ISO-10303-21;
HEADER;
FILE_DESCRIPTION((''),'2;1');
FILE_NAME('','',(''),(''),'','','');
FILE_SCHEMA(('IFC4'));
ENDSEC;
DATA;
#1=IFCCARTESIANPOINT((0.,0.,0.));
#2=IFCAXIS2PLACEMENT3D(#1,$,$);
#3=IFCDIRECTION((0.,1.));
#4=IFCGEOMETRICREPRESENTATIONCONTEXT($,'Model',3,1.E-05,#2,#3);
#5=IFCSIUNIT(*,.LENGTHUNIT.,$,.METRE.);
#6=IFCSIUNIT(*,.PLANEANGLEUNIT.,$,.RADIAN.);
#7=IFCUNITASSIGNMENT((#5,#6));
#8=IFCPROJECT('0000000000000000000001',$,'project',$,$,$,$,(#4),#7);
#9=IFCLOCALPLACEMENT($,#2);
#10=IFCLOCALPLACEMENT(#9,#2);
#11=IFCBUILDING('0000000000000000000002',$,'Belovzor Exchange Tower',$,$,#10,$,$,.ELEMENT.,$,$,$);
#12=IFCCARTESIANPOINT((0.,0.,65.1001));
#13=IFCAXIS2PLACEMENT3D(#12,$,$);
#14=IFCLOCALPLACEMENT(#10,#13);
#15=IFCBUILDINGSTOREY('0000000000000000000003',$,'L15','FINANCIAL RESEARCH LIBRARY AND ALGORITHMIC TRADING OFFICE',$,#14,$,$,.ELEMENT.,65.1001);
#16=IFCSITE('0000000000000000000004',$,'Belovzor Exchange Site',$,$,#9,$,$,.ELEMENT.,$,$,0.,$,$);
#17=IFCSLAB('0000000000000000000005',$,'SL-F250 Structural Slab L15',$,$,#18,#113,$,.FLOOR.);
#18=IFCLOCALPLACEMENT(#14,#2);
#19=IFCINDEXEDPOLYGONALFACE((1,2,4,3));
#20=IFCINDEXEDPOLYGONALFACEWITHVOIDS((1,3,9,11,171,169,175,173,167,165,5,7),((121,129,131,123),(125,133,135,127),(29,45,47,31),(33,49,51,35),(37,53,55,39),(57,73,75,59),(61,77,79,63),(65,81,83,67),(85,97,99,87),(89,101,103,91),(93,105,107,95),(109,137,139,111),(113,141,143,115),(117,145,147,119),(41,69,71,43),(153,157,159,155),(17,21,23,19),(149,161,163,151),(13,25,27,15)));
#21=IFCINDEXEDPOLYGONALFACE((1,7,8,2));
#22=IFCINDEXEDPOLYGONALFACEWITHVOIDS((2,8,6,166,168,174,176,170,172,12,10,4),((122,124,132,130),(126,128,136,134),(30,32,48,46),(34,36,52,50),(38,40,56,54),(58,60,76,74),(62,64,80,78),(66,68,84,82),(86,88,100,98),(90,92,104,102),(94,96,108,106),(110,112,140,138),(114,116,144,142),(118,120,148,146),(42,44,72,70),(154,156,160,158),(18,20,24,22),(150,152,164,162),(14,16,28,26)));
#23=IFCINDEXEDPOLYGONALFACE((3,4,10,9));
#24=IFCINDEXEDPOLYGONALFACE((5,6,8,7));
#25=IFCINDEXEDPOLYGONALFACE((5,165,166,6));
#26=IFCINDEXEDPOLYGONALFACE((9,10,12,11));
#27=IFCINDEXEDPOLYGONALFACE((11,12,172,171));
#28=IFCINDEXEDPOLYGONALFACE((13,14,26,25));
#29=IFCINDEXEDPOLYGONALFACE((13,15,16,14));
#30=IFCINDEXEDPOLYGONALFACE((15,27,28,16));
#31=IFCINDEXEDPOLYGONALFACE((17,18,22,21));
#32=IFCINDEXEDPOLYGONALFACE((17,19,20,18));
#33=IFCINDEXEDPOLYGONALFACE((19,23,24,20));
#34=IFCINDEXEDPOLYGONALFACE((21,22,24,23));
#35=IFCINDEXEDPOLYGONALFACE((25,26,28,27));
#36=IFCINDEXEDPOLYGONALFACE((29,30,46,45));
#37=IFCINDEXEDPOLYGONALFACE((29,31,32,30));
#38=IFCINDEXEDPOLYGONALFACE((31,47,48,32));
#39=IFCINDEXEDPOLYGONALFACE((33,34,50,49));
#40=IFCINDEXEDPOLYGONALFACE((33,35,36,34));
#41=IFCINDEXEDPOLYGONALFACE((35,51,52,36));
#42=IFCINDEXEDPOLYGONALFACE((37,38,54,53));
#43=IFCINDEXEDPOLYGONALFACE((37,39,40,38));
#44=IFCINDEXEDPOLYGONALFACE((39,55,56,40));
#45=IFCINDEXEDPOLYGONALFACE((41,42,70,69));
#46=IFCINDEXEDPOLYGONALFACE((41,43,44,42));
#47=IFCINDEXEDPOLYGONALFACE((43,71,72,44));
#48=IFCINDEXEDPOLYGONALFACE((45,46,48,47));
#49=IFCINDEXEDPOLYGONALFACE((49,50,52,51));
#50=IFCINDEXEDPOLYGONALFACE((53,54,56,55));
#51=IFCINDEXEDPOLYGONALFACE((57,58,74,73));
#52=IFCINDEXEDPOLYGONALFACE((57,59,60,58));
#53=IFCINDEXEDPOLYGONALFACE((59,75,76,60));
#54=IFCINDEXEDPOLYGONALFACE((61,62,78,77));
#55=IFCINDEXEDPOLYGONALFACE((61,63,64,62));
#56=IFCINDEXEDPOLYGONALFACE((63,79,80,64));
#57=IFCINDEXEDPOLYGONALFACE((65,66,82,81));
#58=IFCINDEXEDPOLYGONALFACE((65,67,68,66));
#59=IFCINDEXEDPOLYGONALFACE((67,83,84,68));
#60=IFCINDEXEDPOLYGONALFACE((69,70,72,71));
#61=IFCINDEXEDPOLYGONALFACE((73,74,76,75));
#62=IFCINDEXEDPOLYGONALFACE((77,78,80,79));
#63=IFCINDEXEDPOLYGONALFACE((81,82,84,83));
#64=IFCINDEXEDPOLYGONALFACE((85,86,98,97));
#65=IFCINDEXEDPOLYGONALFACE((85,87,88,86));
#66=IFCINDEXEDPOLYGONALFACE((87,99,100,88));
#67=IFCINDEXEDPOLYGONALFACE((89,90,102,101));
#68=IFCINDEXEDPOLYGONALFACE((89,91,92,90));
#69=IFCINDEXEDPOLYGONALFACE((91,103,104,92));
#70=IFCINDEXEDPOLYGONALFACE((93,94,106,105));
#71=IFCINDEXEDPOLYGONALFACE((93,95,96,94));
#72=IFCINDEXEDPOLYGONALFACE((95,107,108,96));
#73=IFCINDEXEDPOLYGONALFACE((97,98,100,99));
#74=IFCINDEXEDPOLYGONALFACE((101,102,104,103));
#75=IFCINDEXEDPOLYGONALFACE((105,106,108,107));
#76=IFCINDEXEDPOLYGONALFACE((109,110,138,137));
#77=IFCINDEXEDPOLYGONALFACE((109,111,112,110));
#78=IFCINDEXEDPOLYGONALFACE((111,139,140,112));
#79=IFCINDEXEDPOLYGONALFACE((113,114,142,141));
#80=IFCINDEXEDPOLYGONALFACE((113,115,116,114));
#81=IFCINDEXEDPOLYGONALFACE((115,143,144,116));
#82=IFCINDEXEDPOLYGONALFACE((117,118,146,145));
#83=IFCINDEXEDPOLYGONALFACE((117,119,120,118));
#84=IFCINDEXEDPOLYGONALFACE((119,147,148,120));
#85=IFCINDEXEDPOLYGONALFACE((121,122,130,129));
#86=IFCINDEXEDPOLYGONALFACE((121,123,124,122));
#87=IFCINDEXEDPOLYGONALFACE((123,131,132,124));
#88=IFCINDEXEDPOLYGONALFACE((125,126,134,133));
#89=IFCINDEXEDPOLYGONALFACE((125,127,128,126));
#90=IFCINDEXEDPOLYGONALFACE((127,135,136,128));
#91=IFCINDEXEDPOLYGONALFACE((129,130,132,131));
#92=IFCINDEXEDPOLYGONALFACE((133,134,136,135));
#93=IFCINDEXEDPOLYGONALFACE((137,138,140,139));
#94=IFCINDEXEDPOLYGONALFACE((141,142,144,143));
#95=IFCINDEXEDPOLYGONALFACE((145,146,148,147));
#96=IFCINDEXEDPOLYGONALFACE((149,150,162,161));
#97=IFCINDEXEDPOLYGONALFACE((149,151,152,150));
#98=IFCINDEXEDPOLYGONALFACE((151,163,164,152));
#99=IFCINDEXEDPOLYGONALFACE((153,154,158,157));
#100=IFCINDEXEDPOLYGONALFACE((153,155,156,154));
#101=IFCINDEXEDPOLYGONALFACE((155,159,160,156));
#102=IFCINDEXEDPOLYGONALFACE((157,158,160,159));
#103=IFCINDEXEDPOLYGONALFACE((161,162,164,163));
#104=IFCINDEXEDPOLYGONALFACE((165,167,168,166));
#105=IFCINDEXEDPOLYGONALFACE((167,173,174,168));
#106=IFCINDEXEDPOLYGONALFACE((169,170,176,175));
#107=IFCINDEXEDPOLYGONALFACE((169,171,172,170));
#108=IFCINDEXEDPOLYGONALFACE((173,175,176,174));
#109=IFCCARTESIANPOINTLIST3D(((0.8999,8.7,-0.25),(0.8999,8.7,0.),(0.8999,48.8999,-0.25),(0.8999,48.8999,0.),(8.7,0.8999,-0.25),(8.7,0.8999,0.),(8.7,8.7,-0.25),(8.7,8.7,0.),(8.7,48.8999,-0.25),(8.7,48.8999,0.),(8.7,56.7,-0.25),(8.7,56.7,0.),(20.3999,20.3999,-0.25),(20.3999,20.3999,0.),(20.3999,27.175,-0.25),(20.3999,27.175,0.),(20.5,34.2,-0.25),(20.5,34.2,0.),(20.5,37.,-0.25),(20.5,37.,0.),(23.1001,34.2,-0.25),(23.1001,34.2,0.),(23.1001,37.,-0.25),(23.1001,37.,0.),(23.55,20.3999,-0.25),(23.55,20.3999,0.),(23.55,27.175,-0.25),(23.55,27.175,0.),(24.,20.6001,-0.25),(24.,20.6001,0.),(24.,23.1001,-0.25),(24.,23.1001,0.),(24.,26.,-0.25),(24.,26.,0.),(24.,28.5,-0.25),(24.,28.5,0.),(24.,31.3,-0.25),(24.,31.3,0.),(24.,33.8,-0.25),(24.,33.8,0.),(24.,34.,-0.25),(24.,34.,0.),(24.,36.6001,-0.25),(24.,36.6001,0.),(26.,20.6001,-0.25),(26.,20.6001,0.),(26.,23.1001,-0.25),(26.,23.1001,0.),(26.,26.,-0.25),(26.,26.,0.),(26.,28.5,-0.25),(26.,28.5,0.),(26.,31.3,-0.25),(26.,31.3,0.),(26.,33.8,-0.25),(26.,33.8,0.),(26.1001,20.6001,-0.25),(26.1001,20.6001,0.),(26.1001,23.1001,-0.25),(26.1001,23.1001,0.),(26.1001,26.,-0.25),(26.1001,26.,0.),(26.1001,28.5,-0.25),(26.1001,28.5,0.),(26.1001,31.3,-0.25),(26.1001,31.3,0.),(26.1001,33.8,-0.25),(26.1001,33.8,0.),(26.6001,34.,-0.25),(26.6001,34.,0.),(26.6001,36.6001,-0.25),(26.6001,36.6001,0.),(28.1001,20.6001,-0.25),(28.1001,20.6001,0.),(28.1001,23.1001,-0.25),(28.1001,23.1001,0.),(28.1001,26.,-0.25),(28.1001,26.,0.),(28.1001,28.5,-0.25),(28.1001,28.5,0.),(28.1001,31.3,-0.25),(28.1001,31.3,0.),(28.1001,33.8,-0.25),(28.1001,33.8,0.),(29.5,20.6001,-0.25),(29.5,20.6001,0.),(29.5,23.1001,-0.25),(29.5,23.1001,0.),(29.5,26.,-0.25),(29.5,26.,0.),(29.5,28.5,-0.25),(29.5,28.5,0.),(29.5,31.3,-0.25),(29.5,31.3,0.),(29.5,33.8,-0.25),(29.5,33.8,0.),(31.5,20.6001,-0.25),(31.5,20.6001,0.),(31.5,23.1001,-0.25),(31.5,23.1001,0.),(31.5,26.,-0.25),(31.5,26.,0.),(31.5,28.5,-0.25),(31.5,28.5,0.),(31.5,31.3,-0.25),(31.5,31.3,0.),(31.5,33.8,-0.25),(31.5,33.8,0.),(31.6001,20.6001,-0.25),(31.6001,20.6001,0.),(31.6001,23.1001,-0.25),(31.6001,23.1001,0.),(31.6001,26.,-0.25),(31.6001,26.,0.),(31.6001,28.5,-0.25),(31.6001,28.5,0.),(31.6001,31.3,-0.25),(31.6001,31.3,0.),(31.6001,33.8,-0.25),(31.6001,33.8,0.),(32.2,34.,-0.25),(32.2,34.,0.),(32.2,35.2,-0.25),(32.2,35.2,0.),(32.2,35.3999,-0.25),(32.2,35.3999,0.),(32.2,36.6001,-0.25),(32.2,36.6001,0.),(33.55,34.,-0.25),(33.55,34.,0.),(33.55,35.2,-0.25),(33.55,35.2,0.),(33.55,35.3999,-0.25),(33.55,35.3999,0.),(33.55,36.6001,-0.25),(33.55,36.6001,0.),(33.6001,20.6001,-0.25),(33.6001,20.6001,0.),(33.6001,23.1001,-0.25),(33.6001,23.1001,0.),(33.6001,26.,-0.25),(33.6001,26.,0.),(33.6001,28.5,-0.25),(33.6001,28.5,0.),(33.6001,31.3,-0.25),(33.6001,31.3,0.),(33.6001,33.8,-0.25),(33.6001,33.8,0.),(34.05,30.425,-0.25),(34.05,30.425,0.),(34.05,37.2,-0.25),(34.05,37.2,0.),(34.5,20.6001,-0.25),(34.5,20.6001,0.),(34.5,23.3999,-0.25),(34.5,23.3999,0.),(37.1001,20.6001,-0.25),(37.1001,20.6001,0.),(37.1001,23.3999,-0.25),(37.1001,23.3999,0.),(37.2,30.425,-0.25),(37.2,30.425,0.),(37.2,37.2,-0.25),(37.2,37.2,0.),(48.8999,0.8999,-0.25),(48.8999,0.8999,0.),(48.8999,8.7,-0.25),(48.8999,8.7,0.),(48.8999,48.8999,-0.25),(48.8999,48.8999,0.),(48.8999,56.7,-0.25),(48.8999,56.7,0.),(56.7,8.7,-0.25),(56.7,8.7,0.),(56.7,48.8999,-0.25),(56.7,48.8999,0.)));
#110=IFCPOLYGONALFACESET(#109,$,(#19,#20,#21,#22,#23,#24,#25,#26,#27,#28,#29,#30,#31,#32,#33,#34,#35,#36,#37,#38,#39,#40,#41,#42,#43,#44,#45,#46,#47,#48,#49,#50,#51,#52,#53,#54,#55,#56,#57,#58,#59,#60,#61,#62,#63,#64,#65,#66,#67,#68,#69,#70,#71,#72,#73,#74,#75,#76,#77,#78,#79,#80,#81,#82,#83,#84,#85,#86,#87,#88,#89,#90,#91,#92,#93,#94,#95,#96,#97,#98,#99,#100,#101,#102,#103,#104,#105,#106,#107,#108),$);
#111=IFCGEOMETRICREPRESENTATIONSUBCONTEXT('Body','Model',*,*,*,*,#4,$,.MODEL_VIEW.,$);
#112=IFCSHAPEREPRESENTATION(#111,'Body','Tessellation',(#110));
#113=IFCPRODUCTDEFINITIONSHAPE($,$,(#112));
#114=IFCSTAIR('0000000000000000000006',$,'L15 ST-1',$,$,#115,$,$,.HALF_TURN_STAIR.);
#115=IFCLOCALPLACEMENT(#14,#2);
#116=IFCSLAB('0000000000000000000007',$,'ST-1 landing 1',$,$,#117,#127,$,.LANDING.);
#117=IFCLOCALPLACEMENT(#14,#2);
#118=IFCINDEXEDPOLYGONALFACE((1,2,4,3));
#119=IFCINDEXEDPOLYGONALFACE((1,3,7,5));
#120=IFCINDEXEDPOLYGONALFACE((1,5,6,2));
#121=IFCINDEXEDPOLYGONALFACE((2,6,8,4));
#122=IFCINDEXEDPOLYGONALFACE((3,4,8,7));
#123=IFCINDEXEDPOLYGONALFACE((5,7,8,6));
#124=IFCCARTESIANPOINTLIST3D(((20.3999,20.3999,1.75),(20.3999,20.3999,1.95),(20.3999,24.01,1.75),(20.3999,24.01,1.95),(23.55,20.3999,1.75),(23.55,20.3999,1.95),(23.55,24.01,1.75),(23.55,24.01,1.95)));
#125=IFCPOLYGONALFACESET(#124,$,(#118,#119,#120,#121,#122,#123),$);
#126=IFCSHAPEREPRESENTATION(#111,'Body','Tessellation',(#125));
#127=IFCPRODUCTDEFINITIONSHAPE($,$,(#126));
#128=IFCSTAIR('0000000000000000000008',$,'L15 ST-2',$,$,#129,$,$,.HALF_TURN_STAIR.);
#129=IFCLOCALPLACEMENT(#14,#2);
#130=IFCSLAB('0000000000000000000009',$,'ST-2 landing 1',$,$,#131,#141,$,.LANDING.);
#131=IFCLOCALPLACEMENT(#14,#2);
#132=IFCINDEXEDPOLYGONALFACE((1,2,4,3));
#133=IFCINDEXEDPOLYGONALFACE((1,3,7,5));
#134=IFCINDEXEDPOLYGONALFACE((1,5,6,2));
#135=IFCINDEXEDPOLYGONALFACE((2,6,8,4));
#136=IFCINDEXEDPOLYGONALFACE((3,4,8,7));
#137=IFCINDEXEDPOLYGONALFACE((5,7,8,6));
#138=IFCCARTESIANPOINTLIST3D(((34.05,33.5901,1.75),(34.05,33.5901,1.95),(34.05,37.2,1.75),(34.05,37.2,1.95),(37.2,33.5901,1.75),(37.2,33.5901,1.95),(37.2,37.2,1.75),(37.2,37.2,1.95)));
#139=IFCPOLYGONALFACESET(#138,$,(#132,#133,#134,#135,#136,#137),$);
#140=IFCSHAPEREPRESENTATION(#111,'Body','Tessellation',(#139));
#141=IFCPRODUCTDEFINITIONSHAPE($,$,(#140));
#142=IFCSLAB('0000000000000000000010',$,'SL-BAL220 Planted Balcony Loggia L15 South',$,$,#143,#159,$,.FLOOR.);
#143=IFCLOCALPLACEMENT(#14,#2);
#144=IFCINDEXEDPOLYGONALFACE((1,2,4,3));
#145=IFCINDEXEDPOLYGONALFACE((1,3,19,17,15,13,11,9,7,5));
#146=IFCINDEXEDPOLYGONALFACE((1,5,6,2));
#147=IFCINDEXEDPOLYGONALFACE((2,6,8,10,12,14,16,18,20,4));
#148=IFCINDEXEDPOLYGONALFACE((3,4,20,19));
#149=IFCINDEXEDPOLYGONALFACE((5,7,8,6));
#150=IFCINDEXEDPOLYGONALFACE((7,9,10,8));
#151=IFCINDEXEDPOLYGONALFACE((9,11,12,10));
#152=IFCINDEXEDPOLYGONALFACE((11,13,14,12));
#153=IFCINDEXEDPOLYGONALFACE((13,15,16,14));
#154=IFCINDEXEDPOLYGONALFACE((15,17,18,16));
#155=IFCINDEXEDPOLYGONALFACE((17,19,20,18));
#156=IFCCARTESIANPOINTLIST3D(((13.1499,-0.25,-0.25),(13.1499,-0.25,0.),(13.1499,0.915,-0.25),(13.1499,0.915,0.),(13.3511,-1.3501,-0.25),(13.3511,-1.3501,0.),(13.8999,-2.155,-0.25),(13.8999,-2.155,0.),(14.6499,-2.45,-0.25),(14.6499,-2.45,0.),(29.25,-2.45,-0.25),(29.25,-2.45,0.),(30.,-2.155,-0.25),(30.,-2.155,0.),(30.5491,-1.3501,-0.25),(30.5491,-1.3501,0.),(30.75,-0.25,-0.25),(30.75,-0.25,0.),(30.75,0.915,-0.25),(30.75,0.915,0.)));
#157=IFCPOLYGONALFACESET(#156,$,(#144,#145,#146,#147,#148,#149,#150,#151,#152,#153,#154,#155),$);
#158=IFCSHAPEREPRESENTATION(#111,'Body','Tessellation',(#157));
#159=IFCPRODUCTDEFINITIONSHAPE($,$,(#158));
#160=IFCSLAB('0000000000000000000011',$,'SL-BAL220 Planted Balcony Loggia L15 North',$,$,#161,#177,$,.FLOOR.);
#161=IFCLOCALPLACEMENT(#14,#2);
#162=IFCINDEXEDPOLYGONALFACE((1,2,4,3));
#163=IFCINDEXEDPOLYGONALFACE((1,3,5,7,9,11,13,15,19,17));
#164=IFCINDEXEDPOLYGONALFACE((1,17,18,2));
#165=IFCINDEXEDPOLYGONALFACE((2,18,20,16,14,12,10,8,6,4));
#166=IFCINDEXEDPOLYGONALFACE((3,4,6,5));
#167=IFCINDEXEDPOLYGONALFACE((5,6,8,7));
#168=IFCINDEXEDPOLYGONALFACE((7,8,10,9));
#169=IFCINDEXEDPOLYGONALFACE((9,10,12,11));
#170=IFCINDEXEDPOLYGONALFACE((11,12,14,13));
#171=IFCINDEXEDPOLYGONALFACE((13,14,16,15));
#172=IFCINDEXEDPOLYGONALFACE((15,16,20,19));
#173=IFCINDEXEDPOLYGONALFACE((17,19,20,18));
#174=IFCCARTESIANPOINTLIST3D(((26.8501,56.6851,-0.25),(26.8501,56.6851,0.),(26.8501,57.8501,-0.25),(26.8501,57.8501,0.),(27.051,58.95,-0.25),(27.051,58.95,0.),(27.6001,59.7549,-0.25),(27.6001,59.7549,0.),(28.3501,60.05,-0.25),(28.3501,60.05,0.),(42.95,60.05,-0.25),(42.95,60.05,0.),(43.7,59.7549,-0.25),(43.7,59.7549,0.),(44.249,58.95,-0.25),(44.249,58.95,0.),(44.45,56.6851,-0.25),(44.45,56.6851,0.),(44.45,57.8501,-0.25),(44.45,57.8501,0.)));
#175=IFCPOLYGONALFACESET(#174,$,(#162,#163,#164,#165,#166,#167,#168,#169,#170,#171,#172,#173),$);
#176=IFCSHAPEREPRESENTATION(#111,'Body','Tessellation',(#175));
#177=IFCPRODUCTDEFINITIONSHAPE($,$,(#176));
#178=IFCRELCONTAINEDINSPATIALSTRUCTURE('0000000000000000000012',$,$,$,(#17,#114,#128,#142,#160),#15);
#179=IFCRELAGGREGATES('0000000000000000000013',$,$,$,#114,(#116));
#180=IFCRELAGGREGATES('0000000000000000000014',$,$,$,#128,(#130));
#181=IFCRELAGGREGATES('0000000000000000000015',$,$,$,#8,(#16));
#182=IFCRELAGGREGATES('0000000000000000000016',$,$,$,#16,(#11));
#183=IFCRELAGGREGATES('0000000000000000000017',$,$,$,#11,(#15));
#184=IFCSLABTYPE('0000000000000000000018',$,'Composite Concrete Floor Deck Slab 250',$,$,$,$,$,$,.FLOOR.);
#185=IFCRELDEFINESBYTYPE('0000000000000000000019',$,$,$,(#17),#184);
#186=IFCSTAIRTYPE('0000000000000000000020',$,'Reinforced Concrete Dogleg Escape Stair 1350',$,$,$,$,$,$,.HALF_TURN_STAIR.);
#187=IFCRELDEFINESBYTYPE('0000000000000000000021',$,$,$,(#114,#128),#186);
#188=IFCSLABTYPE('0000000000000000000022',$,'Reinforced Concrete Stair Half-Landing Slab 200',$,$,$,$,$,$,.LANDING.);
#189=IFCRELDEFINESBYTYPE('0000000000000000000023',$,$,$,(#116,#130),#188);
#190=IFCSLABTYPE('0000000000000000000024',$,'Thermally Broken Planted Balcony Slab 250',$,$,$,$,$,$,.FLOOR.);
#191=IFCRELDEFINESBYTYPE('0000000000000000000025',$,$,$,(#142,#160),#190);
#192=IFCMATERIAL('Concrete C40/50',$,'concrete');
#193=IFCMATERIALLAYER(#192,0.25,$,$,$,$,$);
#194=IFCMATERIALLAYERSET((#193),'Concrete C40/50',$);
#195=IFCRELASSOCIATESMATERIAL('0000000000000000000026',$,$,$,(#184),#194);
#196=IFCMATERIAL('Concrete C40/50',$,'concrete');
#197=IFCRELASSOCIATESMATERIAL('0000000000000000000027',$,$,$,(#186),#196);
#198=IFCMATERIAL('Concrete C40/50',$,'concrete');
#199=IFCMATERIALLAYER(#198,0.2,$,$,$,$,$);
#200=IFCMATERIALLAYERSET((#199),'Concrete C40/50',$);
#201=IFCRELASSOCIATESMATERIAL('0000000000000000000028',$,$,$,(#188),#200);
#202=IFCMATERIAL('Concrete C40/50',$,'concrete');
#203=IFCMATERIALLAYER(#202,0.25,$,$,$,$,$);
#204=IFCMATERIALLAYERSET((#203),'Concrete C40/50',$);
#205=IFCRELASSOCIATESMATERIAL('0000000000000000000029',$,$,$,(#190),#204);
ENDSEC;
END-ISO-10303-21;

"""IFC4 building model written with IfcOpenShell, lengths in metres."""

from ifc_helpers import new_model, si_unit, direction, frame, origin, place, context, subcontext, project, spatial, polyline, outline, extrude, material, layer, layer_set, type_object, element, aggregate, save


model = new_model("IFC4")

# Units and contexts
model_context = context("Model", 3, precision=1e-05, world=origin(), true_north=direction((0.0, 1.0)))
body_context = subcontext(model_context, "Body", "Model", "MODEL_VIEW")
ifc_project = project(units=[si_unit("LENGTHUNIT", "METRE"), si_unit("PLANEANGLEUNIT", "RADIAN")], contexts=[model_context])

# Site, building, storey
site_placement = place(None, origin())
site = spatial("IfcSite", under=ifc_project, at=site_placement, Name="Belovzor Exchange Site", CompositionType="ELEMENT", RefElevation=0.0)
building_placement = place(site_placement, origin())
building = spatial("IfcBuilding", under=site, at=building_placement, Name="Belovzor Exchange Tower", CompositionType="ELEMENT")
storey_placement = place(building_placement, frame((0.0, 0.0, 65.1001)))
storey = spatial("IfcBuildingStorey", under=building, at=storey_placement, Name="L15", Description="FINANCIAL RESEARCH LIBRARY AND ALGORITHMIC TRADING OFFICE", CompositionType="ELEMENT", Elevation=65.1001)

# Slab
ifc_material_1 = material(Name="Concrete C40/50", Category="concrete")
ifc_layer_1 = layer(ifc_material_1, 0.25)
ifc_layer_set_1 = layer_set([ifc_layer_1], Name="Concrete C40/50")
slab_type_1 = type_object("IfcSlabType", Name="Composite Concrete Floor Deck Slab 250", PredefinedType="FLOOR", material=ifc_layer_set_1)
slab_1_placement = place(storey_placement, frame((0.0, 0.0, -0.25)))
element("IfcSlab", 1, at=slab_1_placement, inside=storey, type_object=slab_type_1, Name="SL-F250 Structural Slab L15", PredefinedType="FLOOR", context=body_context, shape_type="SweptSolid", body=[
    extrude(outline(polyline([(8.7, 0.8999), (48.8999, 0.8999), (48.8999, 8.7), (56.7, 8.7), (56.7, 48.8999), (48.8999, 48.8999), (48.8999, 56.7), (8.7, 56.7), (8.7, 48.8999), (0.8999, 48.8999), (0.8999, 8.7), (8.7, 8.7), (8.7, 0.8999)]), holes=[polyline([(20.3999, 27.175), (20.3999, 20.3999), (23.55, 20.3999), (23.55, 27.175), (20.3999, 27.175)]), polyline([(37.2, 30.425), (37.2, 37.2), (34.05, 37.2), (34.05, 30.425), (37.2, 30.425)]), polyline([(20.5, 34.2), (23.1001, 34.2), (23.1001, 37.0), (20.5, 37.0), (20.5, 34.2)]), polyline([(34.5, 20.6001), (37.1001, 20.6001), (37.1001, 23.3999), (34.5, 23.3999), (34.5, 20.6001)]), polyline([(24.0, 34.0), (26.6001, 34.0), (26.6001, 36.6001), (24.0, 36.6001), (24.0, 34.0)]), polyline([(24.0, 20.6001), (26.0, 20.6001), (26.0, 23.1001), (24.0, 23.1001), (24.0, 20.6001)]), polyline([(26.1001, 20.6001), (28.1001, 20.6001), (28.1001, 23.1001), (26.1001, 23.1001), (26.1001, 20.6001)]), polyline([(29.5, 20.6001), (31.5, 20.6001), (31.5, 23.1001), (29.5, 23.1001), (29.5, 20.6001)]), polyline([(31.6001, 20.6001), (33.6001, 20.6001), (33.6001, 23.1001), (31.6001, 23.1001), (31.6001, 20.6001)]), polyline([(24.0, 26.0), (26.0, 26.0), (26.0, 28.5), (24.0, 28.5), (24.0, 26.0)]), polyline([(26.1001, 26.0), (28.1001, 26.0), (28.1001, 28.5), (26.1001, 28.5), (26.1001, 26.0)]), polyline([(29.5, 26.0), (31.5, 26.0), (31.5, 28.5), (29.5, 28.5), (29.5, 26.0)]), polyline([(31.6001, 26.0), (33.6001, 26.0), (33.6001, 28.5), (31.6001, 28.5), (31.6001, 26.0)]), polyline([(24.0, 31.3), (26.0, 31.3), (26.0, 33.8), (24.0, 33.8), (24.0, 31.3)]), polyline([(26.1001, 31.3), (28.1001, 31.3), (28.1001, 33.8), (26.1001, 33.8), (26.1001, 31.3)]), polyline([(29.5, 31.3), (31.5, 31.3), (31.5, 33.8), (29.5, 33.8), (29.5, 31.3)]), polyline([(31.6001, 31.3), (33.6001, 31.3), (33.6001, 33.8), (31.6001, 33.8), (31.6001, 31.3)]), polyline([(32.2, 34.0), (33.55, 34.0), (33.55, 35.2), (32.2, 35.2), (32.2, 34.0)]), polyline([(32.2, 35.3999), (33.55, 35.3999), (33.55, 36.6001), (32.2, 36.6001), (32.2, 35.3999)])]), origin(), (0.0, 0.0, 1.0), 0.25),
])

# Stairs, slabs
ifc_material_2 = material(Name="Concrete C40/50", Category="concrete")
stair_type = type_object("IfcStairType", Name="Reinforced Concrete Dogleg Escape Stair 1350", PredefinedType="HALF_TURN_STAIR", material=ifc_material_2)
stair_1_placement = place(storey_placement, origin())
stair_1 = element("IfcStair", 2, at=stair_1_placement, inside=storey, type_object=stair_type, Name="L15 ST-1", PredefinedType="HALF_TURN_STAIR")
ifc_material_3 = material(Name="Concrete C40/50", Category="concrete")
ifc_layer_2 = layer(ifc_material_3, 0.2)
ifc_layer_set_2 = layer_set([ifc_layer_2], Name="Concrete C40/50")
slab_type_2 = type_object("IfcSlabType", Name="Reinforced Concrete Stair Half-Landing Slab 200", PredefinedType="LANDING", material=ifc_layer_set_2)
slab_2_placement = place(storey_placement, frame((0.0, 0.0, 1.75)))
slab_2 = element("IfcSlab", 3, at=slab_2_placement, type_object=slab_type_2, Name="ST-1 landing 1", PredefinedType="LANDING", context=body_context, shape_type="SweptSolid", body=[
    extrude(outline(polyline([(20.3999, 24.01), (20.3999, 20.3999), (23.55, 20.3999), (23.55, 24.01), (20.3999, 24.01)])), origin(), (0.0, 0.0, 1.0), 0.2),
])
aggregate(stair_1, [slab_2])
stair_2_placement = place(storey_placement, origin())
stair_2 = element("IfcStair", 4, at=stair_2_placement, inside=storey, type_object=stair_type, Name="L15 ST-2", PredefinedType="HALF_TURN_STAIR")
slab_3_placement = place(storey_placement, frame((0.0, 0.0, 1.75)))
slab_3 = element("IfcSlab", 5, at=slab_3_placement, type_object=slab_type_2, Name="ST-2 landing 1", PredefinedType="LANDING", context=body_context, shape_type="SweptSolid", body=[
    extrude(outline(polyline([(37.2, 33.5901), (37.2, 37.2), (34.05, 37.2), (34.05, 33.5901), (37.2, 33.5901)])), origin(), (0.0, 0.0, 1.0), 0.2),
])
aggregate(stair_2, [slab_3])

# Slabs
ifc_material_4 = material(Name="Concrete C40/50", Category="concrete")
ifc_layer_3 = layer(ifc_material_4, 0.25)
ifc_layer_set_3 = layer_set([ifc_layer_3], Name="Concrete C40/50")
slab_type_3 = type_object("IfcSlabType", Name="Thermally Broken Planted Balcony Slab 250", PredefinedType="FLOOR", material=ifc_layer_set_3)
slab_4_placement = place(storey_placement, frame((0.0, 0.0, -0.25)))
element("IfcSlab", 6, at=slab_4_placement, inside=storey, type_object=slab_type_3, Name="SL-BAL220 Planted Balcony Loggia L15 South", PredefinedType="FLOOR", context=body_context, shape_type="SweptSolid", body=[
    extrude(outline(polyline([(13.1499, 0.915), (13.1499, -0.25), (13.3511, -1.3501), (13.8999, -2.155), (14.6499, -2.45), (29.25, -2.45), (30.0, -2.155), (30.5491, -1.3501), (30.75, -0.25), (30.75, 0.915), (13.1499, 0.915)])), origin(), (0.0, 0.0, 1.0), 0.25),
])
slab_5_placement = place(storey_placement, frame((0.0, 0.0, -0.25)))
element("IfcSlab", 7, at=slab_5_placement, inside=storey, type_object=slab_type_3, Name="SL-BAL220 Planted Balcony Loggia L15 North", PredefinedType="FLOOR", context=body_context, shape_type="SweptSolid", body=[
    extrude(outline(polyline([(44.45, 56.6851), (44.45, 57.8501), (44.249, 58.95), (43.7, 59.7549), (42.95, 60.05), (28.3501, 60.05), (27.6001, 59.7549), (27.051, 58.95), (26.8501, 57.8501), (26.8501, 56.6851), (44.45, 56.6851)])), origin(), (0.0, 0.0, 1.0), 0.25),
])

save(model, "model.ifc")
